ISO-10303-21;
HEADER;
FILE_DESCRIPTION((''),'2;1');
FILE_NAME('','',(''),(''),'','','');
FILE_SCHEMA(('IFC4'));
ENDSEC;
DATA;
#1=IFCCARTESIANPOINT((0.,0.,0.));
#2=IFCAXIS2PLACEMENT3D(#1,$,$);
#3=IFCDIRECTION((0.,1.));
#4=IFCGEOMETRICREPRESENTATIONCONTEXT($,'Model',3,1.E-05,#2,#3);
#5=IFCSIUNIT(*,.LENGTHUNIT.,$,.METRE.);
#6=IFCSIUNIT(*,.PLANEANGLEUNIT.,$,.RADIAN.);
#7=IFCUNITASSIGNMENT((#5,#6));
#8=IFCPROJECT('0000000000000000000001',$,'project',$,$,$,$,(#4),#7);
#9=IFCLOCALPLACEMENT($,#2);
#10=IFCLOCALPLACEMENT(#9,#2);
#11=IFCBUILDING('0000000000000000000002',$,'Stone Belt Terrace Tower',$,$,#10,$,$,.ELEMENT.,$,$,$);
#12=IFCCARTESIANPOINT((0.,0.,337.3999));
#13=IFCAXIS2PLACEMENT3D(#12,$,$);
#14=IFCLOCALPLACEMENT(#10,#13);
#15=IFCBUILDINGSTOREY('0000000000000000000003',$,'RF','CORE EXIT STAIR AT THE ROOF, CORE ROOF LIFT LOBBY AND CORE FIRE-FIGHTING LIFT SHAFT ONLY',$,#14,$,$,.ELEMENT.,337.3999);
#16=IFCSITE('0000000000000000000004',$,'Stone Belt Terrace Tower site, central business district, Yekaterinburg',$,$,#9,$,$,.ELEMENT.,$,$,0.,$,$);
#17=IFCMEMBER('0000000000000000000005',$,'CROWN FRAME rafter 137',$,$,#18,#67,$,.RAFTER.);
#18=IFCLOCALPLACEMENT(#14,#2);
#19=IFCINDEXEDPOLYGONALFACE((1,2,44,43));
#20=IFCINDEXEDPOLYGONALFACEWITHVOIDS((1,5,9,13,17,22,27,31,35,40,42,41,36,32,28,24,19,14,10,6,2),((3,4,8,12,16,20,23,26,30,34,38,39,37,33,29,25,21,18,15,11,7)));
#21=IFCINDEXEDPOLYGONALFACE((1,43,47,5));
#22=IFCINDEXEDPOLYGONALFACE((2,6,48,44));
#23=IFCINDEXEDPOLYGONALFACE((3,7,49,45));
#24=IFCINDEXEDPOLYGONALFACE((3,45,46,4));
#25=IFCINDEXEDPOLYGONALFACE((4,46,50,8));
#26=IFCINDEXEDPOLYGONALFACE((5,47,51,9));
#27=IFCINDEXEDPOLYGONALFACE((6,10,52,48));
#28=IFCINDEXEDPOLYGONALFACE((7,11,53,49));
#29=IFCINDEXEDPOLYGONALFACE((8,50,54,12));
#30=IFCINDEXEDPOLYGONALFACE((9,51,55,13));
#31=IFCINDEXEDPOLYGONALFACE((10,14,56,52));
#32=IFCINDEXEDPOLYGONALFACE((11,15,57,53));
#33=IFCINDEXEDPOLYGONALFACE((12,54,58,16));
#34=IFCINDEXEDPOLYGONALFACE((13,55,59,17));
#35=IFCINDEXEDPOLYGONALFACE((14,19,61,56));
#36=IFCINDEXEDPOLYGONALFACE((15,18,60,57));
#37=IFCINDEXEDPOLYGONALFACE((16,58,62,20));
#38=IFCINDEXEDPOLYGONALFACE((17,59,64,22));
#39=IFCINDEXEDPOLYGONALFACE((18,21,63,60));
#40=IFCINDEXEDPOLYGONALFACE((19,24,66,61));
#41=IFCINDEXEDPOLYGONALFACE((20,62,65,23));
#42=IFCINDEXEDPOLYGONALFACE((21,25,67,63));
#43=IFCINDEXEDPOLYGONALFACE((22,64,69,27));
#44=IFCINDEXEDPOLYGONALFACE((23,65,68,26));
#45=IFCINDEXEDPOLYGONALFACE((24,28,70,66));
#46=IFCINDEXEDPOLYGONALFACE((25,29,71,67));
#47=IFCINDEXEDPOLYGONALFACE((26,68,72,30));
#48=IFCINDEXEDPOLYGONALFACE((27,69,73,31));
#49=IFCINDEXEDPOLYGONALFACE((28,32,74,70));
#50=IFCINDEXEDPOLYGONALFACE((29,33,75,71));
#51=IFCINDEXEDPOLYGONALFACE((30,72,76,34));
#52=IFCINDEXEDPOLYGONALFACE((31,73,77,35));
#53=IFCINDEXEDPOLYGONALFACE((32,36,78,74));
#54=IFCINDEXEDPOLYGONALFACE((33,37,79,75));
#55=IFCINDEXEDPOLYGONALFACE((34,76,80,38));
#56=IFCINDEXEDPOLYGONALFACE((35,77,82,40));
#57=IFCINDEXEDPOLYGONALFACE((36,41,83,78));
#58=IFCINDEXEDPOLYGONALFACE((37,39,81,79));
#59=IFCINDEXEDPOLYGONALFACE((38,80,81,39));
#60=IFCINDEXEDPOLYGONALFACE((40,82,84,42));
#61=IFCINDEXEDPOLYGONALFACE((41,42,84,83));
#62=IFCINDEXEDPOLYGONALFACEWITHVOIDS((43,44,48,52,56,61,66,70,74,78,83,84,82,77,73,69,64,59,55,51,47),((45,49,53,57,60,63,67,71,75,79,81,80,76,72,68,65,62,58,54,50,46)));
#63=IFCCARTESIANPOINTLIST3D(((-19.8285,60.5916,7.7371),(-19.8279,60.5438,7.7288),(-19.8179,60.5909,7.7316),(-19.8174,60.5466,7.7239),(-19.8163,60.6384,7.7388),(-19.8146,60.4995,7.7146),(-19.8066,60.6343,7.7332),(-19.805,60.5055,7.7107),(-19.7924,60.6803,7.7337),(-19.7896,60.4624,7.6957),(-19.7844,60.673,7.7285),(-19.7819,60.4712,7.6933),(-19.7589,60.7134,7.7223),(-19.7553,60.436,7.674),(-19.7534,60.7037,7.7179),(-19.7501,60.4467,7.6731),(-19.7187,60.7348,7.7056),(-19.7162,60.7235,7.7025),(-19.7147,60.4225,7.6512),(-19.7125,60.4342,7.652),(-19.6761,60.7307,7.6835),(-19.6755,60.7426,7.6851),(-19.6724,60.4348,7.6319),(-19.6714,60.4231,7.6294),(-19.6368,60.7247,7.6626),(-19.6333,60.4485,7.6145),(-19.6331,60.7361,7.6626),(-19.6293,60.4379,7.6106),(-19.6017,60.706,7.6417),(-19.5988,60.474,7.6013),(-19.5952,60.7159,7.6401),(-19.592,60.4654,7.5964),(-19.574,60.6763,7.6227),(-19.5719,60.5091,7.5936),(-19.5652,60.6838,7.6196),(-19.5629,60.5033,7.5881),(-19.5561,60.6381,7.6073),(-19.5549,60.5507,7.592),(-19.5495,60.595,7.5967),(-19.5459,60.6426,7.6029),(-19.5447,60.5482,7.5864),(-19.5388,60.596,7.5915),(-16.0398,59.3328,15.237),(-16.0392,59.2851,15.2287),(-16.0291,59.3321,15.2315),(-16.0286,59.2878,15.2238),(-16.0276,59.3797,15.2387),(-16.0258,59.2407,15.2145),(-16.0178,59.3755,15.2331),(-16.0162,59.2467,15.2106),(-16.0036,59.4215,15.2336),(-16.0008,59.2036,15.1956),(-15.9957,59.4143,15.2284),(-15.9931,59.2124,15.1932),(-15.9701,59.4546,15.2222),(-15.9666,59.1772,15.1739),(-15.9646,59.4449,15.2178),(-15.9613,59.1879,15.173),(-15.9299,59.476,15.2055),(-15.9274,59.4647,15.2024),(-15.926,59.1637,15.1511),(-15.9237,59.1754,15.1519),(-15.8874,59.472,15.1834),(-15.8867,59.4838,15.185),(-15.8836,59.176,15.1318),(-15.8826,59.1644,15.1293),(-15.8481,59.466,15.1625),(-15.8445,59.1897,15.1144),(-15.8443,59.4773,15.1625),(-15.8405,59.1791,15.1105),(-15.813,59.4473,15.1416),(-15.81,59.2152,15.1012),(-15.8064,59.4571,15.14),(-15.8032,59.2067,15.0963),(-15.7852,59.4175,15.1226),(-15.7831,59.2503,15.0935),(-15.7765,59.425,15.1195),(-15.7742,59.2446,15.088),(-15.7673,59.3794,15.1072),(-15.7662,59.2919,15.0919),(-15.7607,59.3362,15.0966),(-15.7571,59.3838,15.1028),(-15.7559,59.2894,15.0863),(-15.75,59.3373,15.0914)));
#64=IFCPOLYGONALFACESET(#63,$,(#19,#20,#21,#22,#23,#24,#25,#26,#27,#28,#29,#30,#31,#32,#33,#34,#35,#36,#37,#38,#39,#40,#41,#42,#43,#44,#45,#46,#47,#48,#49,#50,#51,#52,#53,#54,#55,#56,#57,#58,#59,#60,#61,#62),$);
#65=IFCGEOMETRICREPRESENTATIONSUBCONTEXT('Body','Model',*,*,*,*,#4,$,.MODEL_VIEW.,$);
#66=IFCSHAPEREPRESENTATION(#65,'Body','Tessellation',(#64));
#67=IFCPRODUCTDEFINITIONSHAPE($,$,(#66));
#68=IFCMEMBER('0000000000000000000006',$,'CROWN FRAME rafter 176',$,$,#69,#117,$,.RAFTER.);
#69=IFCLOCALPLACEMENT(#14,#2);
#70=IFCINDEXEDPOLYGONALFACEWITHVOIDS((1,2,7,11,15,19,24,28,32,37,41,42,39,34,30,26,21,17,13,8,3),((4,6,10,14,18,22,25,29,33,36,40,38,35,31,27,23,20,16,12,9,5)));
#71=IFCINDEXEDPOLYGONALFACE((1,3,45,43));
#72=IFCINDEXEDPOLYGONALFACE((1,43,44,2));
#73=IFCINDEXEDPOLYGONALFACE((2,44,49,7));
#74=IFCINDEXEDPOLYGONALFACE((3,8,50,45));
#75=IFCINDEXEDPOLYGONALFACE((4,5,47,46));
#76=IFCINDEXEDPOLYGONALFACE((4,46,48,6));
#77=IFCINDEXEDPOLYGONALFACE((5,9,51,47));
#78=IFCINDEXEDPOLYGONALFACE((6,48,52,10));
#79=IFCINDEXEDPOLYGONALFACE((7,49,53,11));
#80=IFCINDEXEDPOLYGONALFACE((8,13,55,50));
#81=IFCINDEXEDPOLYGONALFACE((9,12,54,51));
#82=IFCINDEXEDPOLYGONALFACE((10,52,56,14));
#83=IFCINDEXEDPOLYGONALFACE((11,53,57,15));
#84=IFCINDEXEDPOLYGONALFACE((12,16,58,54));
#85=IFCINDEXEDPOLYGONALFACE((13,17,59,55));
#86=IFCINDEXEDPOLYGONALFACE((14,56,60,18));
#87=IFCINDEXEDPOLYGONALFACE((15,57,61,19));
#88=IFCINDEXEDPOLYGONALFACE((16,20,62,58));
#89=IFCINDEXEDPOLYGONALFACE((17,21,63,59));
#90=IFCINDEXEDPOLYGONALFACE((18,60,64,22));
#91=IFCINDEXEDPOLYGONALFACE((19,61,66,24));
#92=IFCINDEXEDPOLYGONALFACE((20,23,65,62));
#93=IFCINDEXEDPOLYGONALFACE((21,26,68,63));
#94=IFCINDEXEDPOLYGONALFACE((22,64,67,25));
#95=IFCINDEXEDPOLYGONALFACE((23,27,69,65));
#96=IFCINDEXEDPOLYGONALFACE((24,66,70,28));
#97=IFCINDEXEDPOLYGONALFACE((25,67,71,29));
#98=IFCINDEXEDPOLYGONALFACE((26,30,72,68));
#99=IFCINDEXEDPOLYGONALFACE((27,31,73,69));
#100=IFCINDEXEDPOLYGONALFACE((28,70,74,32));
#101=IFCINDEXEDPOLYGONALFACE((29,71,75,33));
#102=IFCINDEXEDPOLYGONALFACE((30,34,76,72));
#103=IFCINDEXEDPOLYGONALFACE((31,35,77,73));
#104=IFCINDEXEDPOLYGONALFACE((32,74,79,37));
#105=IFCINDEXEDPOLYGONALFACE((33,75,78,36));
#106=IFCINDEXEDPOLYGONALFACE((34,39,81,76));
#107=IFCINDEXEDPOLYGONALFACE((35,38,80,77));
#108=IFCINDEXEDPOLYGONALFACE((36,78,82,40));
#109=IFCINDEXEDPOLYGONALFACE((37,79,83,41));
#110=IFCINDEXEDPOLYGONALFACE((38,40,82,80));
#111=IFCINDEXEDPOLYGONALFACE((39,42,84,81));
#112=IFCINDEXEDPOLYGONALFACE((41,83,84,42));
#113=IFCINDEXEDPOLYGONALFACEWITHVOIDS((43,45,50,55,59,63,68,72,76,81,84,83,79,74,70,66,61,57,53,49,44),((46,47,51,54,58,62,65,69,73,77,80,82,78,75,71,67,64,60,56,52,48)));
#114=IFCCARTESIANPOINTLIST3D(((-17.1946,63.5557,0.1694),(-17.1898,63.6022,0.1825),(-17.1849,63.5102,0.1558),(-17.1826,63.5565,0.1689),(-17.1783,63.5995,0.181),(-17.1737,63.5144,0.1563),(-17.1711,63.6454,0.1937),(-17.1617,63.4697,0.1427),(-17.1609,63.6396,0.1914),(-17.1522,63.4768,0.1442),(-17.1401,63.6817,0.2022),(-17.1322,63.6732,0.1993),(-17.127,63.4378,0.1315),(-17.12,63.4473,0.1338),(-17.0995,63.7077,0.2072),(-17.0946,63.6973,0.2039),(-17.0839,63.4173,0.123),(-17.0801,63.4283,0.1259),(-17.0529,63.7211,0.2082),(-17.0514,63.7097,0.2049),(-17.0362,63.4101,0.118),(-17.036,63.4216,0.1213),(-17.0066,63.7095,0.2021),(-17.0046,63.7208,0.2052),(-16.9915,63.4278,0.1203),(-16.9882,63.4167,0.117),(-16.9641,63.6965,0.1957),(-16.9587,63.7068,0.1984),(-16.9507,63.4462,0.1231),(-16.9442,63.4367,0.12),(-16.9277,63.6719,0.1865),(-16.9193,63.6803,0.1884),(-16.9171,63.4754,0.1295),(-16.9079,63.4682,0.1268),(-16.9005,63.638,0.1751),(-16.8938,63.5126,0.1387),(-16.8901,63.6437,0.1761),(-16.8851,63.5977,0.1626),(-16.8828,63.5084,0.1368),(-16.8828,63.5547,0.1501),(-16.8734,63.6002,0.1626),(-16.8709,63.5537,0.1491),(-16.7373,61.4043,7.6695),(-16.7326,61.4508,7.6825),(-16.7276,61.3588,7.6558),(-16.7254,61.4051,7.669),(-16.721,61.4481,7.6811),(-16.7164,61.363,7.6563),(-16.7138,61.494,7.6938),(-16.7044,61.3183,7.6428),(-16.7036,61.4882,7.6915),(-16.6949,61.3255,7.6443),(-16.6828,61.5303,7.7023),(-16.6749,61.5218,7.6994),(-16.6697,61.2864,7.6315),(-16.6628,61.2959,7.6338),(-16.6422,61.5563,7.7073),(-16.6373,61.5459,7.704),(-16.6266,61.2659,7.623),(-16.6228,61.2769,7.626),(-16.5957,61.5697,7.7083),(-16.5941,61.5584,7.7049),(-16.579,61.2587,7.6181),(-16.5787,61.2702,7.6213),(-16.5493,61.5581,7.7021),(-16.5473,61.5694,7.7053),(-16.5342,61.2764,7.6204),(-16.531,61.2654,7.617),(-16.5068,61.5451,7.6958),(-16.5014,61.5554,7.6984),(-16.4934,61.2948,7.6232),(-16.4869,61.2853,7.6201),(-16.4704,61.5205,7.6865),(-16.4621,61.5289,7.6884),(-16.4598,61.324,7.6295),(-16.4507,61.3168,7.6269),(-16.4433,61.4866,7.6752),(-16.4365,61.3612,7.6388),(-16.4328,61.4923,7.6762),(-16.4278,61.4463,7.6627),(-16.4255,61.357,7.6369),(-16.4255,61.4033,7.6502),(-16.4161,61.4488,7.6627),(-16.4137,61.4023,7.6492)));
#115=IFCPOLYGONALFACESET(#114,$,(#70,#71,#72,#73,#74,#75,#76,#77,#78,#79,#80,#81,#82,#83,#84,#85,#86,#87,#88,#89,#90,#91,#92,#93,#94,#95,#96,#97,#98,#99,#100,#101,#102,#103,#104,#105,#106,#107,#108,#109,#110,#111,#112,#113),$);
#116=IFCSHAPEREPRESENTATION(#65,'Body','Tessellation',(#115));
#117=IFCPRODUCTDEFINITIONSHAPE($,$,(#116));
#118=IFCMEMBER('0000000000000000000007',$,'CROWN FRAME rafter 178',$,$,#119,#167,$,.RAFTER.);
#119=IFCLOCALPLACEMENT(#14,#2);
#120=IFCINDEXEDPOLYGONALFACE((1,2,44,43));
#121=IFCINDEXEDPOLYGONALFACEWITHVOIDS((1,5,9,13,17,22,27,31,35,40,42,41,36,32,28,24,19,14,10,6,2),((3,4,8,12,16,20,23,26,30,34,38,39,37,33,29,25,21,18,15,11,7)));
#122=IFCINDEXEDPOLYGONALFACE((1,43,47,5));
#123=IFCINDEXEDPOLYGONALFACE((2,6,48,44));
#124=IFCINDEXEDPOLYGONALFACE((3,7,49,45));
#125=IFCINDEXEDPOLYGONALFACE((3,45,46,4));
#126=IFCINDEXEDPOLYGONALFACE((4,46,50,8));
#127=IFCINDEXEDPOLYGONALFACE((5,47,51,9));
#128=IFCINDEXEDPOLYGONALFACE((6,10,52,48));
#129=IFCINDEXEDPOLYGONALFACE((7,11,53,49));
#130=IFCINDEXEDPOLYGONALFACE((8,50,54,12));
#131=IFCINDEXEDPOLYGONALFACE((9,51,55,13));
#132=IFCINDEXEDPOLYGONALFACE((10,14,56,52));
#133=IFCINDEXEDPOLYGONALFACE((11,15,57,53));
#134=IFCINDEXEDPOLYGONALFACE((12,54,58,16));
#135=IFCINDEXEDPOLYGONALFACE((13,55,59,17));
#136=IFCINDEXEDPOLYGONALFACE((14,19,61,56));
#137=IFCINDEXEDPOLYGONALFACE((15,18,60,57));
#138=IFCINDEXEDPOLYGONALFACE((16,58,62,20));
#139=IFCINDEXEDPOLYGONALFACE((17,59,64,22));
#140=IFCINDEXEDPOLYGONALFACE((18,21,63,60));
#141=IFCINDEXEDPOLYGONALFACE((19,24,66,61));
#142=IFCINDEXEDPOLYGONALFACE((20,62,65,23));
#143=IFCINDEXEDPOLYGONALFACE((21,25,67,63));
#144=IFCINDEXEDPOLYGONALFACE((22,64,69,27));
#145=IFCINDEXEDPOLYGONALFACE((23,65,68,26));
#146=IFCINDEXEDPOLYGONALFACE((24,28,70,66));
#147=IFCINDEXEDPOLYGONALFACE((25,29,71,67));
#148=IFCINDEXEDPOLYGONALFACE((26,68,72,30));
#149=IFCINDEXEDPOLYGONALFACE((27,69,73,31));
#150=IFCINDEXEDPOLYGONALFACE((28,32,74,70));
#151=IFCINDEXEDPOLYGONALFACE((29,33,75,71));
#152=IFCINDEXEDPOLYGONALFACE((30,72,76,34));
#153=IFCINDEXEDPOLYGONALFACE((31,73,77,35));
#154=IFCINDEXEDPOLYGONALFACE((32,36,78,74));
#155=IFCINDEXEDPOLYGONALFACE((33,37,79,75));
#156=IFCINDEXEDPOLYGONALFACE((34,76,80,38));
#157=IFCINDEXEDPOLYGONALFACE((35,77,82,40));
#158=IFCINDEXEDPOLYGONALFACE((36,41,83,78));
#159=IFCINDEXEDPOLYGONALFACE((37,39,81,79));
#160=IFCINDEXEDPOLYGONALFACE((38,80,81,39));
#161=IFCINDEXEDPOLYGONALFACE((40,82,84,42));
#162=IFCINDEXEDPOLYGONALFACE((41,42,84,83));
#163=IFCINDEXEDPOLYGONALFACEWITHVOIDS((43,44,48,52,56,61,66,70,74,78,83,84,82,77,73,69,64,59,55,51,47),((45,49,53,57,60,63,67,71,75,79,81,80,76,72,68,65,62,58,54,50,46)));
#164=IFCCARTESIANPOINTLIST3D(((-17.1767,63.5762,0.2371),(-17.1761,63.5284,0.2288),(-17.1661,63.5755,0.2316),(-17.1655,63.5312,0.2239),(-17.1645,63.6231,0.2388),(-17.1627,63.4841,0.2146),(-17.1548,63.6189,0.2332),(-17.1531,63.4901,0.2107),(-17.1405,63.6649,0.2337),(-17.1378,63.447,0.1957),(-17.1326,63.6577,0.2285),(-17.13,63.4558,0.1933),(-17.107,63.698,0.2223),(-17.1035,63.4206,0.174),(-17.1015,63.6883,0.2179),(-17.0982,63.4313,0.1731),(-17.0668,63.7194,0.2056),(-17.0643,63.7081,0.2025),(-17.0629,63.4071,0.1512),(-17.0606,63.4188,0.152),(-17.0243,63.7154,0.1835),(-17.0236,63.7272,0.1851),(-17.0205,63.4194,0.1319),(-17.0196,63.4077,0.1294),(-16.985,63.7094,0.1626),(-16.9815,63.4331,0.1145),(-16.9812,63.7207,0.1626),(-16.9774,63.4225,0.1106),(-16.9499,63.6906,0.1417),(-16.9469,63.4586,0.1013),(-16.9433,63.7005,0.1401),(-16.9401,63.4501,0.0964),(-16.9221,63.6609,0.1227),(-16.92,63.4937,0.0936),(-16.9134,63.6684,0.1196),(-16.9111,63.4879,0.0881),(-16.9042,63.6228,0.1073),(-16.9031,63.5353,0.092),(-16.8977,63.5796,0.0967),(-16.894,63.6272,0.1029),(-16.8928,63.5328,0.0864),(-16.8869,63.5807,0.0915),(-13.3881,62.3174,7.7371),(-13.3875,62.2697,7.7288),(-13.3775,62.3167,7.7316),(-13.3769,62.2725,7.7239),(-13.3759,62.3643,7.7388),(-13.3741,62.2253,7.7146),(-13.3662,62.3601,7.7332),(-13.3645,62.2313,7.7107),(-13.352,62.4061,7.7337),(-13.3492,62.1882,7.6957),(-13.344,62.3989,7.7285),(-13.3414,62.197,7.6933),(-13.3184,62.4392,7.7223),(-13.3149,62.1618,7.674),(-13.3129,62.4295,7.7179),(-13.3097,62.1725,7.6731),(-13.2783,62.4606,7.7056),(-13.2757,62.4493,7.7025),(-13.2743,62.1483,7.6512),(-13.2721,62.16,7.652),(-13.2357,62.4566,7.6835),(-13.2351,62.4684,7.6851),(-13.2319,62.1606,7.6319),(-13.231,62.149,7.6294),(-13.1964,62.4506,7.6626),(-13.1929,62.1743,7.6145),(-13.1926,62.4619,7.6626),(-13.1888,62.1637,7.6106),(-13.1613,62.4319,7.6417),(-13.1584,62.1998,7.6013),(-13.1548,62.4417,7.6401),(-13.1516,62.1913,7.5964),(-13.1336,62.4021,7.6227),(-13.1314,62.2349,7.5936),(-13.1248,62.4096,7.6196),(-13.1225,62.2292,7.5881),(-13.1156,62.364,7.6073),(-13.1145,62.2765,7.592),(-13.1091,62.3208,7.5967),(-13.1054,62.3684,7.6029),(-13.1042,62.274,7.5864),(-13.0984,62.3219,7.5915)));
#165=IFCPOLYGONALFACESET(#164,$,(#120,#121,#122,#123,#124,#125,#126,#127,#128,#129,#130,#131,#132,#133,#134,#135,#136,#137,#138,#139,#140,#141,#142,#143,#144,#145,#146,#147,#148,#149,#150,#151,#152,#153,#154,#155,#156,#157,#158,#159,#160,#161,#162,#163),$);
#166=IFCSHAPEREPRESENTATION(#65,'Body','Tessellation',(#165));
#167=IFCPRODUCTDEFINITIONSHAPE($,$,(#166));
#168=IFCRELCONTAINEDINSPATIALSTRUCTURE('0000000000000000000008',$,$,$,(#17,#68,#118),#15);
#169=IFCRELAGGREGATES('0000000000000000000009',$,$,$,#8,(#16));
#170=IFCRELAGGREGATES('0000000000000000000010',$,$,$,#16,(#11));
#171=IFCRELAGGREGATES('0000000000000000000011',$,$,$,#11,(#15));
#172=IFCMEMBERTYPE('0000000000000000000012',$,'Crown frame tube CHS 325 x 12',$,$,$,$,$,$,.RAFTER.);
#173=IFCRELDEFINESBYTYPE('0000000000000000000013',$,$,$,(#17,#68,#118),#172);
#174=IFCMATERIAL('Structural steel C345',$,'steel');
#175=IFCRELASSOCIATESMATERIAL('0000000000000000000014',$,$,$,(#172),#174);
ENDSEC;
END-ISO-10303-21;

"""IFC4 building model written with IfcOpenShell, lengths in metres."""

from ifc_helpers import new_model, si_unit, direction, frame, origin, origin_2d, place, context, subcontext, project, spatial, hollow_circle, extrude, material, material_profile, profile_set, type_object, element, save


model = new_model("IFC4")

# Units and contexts
model_context = context("Model", 3, precision=1e-05, world=origin(), true_north=direction((0.0, 1.0)))
body_context = subcontext(model_context, "Body", "Model", "MODEL_VIEW")
ifc_project = project(units=[si_unit("LENGTHUNIT", "METRE"), si_unit("PLANEANGLEUNIT", "RADIAN")], contexts=[model_context])

# Site, building, storey
site_placement = place(None, origin())
site = spatial("IfcSite", under=ifc_project, at=site_placement, Name="Stone Belt Terrace Tower site, central business district, Yekaterinburg", CompositionType="ELEMENT", RefElevation=0.0)
building_placement = place(site_placement, origin())
building = spatial("IfcBuilding", under=site, at=building_placement, Name="Stone Belt Terrace Tower", CompositionType="ELEMENT")
storey_placement = place(building_placement, frame((0.0, 0.0, 337.3999)))
storey = spatial("IfcBuildingStorey", under=building, at=storey_placement, Name="RF", Description="CORE EXIT STAIR AT THE ROOF, CORE ROOF LIFT LOBBY AND CORE FIRE-FIGHTING LIFT SHAFT ONLY", CompositionType="ELEMENT", Elevation=337.3999)

# Members
ifc_material_1 = material(Name="Structural steel C345", Category="steel")
ifc_material_profile_1 = material_profile(ifc_material_1, hollow_circle(Radius=0.1626, WallThickness=0.012, at=origin_2d()), Name="Structural steel C345 CHS 325x12")
ifc_profile_set_1 = profile_set([ifc_material_profile_1], Name="Structural steel C345")
member_type_1 = type_object("IfcMemberType", Name="Crown frame tube CHS 325 x 12", PredefinedType="RAFTER", material=ifc_profile_set_1)
member_1_placement = place(storey_placement, frame((-19.6843, 60.5818, 7.6626), z_axis=(0.445929, -0.148155, 0.882721), x_axis=(0.315292, 0.948995, 0.0)))
element("IfcMember", 1, at=member_1_placement, inside=storey, type_object=member_type_1, Name="CROWN FRAME rafter 137", PredefinedType="RAFTER", context=body_context, shape_type="SweptSolid", body=[
    extrude(hollow_circle(Radius=0.1626, WallThickness=0.012, at=origin_2d()), origin(), (0.0, 0.0, 1.0), 8.4963),
])
member_2_placement = place(storey_placement, frame((-17.0325, 63.5664, 0.1626), z_axis=(0.058506, -0.275257, 0.959589), x_axis=(0.978149, 0.207907, 0.0)))
element("IfcMember", 2, at=member_2_placement, inside=storey, type_object=member_type_1, Name="CROWN FRAME rafter 176", PredefinedType="RAFTER", context=body_context, shape_type="SweptSolid", body=[
    extrude(hollow_circle(Radius=0.1626, WallThickness=0.012, at=origin_2d()), origin(), (0.0, 0.0, 1.0), 7.8159),
])
member_3_placement = place(storey_placement, frame((-17.0325, 63.5664, 0.1626), z_axis=(0.445906, -0.148157, 0.882733), x_axis=(0.31531, 0.948989, 0.0)))
element("IfcMember", 3, at=member_3_placement, inside=storey, type_object=member_type_1, Name="CROWN FRAME rafter 178", PredefinedType="RAFTER", context=body_context, shape_type="SweptSolid", body=[
    extrude(hollow_circle(Radius=0.1626, WallThickness=0.012, at=origin_2d()), origin(), (0.0, 0.0, 1.0), 8.4963),
])

save(model, "model.ifc")
